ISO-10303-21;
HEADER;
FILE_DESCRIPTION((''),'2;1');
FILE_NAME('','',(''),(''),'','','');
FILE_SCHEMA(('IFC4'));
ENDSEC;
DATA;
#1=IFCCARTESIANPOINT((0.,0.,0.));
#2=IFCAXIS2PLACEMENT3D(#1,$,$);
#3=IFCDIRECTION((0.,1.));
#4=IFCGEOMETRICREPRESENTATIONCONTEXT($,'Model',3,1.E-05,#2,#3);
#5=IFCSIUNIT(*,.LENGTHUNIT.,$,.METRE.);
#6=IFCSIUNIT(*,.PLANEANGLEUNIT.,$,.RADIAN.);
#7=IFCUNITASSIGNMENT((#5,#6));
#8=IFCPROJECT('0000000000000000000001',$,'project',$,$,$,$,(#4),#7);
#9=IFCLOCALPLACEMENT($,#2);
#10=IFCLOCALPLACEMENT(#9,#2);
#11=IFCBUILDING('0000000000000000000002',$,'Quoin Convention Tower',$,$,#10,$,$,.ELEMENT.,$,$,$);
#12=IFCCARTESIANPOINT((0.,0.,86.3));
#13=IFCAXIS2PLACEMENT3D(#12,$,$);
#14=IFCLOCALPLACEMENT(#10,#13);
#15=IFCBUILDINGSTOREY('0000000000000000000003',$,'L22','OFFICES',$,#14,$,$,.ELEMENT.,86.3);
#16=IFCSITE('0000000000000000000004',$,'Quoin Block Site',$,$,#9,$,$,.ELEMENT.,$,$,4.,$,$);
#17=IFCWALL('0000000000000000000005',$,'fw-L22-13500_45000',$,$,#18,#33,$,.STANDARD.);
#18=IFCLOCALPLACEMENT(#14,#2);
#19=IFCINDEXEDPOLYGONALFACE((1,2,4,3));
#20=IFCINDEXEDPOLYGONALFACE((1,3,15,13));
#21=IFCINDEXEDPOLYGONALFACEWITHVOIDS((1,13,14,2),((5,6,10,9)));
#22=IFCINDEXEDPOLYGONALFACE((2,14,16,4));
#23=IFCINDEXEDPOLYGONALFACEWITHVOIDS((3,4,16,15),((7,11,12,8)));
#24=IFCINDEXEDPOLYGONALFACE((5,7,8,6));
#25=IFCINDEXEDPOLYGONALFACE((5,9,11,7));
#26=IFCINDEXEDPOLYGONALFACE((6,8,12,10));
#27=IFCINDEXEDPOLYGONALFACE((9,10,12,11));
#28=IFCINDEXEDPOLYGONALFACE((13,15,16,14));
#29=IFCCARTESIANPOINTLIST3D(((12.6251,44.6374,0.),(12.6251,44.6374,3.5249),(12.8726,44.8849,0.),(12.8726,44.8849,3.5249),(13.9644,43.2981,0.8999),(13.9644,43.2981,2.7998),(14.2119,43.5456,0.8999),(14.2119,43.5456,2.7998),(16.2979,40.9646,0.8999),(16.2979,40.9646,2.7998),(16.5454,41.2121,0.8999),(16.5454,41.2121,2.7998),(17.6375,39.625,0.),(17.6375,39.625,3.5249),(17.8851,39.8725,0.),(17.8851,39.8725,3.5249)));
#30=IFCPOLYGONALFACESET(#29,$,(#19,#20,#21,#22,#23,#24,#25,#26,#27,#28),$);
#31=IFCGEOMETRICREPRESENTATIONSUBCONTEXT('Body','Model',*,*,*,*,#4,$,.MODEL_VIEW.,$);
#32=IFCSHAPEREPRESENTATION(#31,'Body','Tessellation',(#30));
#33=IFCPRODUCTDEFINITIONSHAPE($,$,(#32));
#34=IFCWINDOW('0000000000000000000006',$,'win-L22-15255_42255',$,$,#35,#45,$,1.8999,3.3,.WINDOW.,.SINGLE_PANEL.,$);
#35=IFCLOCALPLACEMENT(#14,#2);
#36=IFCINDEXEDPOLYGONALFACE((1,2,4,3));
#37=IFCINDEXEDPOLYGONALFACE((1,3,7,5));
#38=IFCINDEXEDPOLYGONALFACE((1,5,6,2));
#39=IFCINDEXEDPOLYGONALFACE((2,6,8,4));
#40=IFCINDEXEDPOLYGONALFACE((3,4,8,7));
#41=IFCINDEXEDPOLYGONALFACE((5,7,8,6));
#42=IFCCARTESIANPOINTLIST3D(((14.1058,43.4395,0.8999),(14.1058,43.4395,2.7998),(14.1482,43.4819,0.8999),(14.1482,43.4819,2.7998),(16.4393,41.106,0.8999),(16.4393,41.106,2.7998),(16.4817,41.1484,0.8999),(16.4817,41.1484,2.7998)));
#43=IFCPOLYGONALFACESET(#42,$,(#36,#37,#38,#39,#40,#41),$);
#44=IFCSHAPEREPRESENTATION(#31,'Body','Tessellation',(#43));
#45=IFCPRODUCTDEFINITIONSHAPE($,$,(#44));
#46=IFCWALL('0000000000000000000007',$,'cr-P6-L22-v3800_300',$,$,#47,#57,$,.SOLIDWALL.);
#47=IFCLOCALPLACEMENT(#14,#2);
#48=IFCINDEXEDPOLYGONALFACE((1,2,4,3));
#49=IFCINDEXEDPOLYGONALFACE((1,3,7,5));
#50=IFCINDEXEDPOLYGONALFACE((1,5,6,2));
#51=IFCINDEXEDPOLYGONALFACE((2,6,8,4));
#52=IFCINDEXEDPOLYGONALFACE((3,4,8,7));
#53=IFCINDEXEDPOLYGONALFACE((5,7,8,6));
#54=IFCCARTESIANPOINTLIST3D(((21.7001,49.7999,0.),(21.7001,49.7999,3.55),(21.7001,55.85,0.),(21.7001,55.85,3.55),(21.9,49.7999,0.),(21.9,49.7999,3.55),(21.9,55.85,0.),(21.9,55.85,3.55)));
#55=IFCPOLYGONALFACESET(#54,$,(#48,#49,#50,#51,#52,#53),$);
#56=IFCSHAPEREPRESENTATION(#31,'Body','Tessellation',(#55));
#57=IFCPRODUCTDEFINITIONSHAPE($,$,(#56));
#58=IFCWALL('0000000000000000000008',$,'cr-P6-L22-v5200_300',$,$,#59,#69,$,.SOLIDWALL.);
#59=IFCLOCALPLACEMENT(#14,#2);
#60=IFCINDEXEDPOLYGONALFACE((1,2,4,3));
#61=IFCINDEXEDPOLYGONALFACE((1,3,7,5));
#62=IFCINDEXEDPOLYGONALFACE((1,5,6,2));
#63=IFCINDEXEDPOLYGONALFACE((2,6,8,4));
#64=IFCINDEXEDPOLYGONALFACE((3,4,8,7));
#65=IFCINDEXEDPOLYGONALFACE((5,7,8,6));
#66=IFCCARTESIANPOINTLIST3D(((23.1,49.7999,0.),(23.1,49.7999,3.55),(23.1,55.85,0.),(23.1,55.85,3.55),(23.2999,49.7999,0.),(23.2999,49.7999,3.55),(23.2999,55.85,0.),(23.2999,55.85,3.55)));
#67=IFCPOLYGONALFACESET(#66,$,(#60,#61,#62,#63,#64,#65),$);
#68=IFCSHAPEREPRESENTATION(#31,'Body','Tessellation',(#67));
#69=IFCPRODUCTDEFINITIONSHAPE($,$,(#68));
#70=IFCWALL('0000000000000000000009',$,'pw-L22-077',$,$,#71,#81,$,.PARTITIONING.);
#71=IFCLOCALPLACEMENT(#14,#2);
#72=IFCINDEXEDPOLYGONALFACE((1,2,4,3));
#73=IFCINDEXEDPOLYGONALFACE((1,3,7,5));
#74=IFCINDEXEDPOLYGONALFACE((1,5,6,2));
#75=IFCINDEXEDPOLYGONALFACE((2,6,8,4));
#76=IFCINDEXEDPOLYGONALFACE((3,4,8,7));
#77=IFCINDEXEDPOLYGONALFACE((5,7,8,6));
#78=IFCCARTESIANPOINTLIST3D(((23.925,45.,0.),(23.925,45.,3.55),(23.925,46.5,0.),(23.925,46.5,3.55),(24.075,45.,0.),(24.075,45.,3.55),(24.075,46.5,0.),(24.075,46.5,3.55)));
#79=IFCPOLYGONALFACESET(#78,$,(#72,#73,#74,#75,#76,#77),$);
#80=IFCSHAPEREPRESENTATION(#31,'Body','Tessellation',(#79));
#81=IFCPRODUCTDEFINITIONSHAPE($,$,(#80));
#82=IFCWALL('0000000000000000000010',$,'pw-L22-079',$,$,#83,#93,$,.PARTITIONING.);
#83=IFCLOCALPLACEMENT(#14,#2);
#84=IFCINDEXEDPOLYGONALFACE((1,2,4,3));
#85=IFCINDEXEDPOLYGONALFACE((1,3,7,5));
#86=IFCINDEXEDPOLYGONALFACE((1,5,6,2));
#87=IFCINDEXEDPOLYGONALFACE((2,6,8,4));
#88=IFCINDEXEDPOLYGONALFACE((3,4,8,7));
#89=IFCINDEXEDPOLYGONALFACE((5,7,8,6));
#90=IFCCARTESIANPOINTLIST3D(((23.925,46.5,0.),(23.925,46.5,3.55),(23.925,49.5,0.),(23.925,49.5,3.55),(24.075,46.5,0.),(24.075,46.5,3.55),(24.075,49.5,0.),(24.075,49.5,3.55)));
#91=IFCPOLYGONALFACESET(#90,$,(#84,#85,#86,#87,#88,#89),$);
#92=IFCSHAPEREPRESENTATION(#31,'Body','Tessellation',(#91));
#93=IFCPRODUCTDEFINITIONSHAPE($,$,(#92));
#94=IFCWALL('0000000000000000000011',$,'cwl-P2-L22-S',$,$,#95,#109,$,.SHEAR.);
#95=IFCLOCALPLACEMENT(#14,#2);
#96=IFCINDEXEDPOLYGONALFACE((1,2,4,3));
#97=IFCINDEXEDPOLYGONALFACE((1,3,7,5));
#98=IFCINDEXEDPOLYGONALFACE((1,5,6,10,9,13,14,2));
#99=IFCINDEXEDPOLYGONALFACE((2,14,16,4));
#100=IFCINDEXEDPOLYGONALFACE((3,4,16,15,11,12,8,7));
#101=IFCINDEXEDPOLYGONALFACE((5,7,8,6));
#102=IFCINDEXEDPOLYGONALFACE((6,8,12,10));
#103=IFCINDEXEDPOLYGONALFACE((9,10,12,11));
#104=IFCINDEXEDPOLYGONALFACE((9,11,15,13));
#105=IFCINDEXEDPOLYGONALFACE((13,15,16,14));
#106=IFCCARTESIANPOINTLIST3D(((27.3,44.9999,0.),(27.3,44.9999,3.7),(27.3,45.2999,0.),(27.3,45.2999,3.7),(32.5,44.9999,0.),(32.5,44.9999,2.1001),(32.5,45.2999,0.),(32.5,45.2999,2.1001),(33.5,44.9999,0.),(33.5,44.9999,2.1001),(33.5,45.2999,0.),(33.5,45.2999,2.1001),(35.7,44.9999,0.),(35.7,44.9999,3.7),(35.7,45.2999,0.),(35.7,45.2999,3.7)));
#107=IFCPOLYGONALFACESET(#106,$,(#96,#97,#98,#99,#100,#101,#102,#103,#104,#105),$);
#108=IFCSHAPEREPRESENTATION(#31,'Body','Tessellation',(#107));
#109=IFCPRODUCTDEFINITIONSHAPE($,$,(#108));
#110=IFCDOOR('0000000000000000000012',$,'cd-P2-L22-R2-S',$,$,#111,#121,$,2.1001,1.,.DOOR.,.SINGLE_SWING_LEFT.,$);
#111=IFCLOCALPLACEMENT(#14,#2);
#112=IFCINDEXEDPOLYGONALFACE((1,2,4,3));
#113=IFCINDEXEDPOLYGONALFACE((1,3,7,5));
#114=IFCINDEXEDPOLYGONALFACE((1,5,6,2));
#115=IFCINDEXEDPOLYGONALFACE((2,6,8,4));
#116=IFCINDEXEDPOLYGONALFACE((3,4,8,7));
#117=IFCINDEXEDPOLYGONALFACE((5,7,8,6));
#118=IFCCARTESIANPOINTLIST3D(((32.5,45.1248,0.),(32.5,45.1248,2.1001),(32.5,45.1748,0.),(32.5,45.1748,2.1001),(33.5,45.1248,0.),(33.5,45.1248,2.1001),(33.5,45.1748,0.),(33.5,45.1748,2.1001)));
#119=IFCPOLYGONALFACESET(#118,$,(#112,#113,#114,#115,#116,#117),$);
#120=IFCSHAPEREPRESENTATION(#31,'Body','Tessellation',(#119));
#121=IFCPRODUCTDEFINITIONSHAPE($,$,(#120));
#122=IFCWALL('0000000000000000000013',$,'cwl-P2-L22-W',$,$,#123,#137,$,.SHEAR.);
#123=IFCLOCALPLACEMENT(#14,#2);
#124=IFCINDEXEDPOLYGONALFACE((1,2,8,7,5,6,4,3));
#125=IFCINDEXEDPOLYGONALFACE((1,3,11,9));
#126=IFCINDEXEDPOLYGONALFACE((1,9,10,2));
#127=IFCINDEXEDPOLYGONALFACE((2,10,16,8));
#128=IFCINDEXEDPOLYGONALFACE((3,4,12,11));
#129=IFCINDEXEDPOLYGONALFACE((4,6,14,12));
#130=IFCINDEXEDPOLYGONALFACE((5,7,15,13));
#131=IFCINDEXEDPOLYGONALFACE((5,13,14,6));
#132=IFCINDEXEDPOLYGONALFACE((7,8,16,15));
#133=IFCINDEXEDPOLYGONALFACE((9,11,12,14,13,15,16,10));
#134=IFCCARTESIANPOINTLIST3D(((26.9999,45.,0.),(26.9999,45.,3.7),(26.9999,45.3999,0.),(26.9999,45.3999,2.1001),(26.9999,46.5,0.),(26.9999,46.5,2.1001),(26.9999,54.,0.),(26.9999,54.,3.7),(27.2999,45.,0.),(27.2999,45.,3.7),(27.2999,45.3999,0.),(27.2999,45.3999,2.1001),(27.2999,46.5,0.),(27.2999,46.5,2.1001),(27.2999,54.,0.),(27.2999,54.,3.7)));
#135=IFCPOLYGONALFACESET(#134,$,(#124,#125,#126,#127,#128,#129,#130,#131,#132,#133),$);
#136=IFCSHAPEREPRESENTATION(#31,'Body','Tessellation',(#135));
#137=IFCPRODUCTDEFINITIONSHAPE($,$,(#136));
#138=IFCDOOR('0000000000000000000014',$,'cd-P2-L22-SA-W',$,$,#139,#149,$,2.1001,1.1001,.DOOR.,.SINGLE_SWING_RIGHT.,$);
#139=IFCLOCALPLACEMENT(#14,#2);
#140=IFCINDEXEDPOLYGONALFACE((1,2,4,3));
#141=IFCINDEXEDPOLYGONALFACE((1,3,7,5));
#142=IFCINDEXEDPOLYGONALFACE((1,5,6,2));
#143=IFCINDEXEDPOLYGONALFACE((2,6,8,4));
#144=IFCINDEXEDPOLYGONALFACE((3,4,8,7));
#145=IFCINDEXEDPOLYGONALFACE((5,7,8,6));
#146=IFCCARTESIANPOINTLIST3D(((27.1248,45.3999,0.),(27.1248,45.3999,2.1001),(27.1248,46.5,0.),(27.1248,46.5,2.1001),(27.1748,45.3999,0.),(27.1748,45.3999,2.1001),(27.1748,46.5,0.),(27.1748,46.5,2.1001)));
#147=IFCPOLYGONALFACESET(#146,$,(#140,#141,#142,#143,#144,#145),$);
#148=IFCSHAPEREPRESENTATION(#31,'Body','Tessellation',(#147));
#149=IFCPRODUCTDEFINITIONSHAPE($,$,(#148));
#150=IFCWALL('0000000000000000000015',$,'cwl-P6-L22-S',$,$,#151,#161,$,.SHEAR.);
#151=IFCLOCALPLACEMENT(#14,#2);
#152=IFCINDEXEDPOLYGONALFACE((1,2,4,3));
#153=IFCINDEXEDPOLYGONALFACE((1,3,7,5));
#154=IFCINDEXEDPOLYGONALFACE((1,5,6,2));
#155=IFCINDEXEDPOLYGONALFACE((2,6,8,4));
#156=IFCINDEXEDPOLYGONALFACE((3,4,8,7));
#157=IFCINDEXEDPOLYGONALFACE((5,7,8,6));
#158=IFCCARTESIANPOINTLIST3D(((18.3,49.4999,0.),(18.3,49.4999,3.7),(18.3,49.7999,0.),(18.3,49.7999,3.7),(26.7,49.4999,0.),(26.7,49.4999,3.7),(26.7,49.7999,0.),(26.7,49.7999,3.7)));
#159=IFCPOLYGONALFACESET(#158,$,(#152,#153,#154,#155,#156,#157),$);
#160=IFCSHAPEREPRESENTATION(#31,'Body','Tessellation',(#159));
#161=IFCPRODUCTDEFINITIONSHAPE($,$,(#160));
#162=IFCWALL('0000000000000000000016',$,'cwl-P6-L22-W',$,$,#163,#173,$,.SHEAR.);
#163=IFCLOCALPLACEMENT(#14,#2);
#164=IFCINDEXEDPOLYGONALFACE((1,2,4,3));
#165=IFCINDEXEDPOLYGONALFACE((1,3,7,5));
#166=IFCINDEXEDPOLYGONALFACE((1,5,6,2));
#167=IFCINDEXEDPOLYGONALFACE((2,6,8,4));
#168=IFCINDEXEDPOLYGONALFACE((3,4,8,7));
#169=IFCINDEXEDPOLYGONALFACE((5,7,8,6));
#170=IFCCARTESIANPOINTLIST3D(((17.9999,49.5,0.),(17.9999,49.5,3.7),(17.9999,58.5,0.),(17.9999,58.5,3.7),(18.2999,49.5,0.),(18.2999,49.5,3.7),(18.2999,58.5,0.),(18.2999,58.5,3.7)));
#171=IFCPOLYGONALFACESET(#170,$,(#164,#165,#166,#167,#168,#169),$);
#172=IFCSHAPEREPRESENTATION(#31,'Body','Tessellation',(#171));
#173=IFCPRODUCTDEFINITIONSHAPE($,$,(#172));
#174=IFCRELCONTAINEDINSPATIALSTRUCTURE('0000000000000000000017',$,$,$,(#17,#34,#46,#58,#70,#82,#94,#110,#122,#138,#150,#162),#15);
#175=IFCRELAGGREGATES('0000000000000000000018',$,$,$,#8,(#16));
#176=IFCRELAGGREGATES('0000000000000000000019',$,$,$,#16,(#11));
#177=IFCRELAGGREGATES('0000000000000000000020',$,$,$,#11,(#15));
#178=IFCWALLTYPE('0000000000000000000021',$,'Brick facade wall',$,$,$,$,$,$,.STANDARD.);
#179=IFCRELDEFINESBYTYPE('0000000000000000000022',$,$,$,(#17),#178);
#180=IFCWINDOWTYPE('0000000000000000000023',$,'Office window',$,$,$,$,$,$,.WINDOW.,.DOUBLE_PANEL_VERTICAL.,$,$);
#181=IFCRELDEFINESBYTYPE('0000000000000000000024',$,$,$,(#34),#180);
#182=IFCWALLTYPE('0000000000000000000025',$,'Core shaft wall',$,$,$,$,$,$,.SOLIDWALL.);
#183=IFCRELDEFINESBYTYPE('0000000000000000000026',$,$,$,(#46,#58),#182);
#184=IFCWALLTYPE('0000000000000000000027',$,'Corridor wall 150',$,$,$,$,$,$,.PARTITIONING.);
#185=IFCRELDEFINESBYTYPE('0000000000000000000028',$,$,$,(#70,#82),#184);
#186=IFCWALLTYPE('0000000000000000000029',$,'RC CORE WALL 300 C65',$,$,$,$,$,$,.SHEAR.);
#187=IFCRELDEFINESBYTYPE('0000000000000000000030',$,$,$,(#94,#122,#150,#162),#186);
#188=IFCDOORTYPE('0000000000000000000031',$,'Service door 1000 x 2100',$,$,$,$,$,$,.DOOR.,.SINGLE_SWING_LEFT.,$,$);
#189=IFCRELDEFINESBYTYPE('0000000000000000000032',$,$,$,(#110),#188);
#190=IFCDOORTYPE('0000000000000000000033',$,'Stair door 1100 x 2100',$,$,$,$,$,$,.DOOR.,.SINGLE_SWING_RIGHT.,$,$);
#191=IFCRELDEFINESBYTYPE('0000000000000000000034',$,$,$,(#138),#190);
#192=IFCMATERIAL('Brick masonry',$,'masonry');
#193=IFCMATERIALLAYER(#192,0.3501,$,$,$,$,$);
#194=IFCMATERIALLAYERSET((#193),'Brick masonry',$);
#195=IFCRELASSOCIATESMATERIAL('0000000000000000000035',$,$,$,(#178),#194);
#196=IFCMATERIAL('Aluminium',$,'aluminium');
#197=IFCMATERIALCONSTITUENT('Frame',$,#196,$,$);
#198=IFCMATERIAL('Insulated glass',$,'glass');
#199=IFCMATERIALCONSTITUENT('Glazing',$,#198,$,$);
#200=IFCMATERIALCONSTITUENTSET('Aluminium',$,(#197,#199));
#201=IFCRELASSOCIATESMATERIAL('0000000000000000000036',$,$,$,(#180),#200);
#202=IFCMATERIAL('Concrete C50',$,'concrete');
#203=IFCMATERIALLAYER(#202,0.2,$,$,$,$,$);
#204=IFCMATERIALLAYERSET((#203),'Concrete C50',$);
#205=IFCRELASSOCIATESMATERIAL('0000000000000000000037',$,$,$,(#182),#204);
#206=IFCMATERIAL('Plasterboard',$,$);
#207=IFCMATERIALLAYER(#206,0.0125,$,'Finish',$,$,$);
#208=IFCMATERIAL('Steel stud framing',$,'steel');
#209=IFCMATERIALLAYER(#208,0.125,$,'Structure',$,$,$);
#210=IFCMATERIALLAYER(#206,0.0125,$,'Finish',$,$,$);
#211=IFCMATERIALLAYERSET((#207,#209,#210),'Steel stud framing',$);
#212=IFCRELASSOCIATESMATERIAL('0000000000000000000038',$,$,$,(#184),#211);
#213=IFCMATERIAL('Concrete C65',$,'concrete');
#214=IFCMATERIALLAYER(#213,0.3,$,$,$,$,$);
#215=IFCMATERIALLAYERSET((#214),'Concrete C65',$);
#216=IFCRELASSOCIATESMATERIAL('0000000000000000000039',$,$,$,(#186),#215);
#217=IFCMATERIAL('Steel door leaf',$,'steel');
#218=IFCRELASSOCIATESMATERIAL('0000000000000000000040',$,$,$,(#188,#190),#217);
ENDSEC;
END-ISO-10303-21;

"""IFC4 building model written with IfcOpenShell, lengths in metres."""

from ifc_helpers import new_model, si_unit, direction, frame, frame_2d, origin, place, context, subcontext, project, spatial, rectangle, extrude, material, layer, layer_set, constituent, constituent_set, type_object, element, fill, save


model = new_model("IFC4")

# Units and contexts
model_context = context("Model", 3, precision=1e-05, world=origin(), true_north=direction((0.0, 1.0)))
body_context = subcontext(model_context, "Body", "Model", "MODEL_VIEW")
ifc_project = project(units=[si_unit("LENGTHUNIT", "METRE"), si_unit("PLANEANGLEUNIT", "RADIAN")], contexts=[model_context])

# Site, building, storey
site_placement = place(None, origin())
site = spatial("IfcSite", under=ifc_project, at=site_placement, Name="Quoin Block Site", CompositionType="ELEMENT", RefElevation=4.0)
building_placement = place(site_placement, origin())
building = spatial("IfcBuilding", under=site, at=building_placement, Name="Quoin Convention Tower", CompositionType="ELEMENT")
storey_placement = place(building_placement, frame((0.0, 0.0, 86.3)))
storey = spatial("IfcBuildingStorey", under=building, at=storey_placement, Name="L22", Description="OFFICES", CompositionType="ELEMENT", Elevation=86.3)

# Shared definitions
ifc_material_1 = material(Name="Concrete C65", Category="concrete")

# Wall, opening, window
ifc_material_2 = material(Name="Brick masonry", Category="masonry")
ifc_layer_1 = layer(ifc_material_2, 0.3501)
ifc_layer_set_1 = layer_set([ifc_layer_1], Name="Brick masonry")
wall_type_1 = type_object("IfcWallType", Name="Brick facade wall", PredefinedType="STANDARD", material=ifc_layer_set_1)
wall_1_placement = place(storey_placement, frame((12.7488, 44.7612, 0.0), z_axis=(0.0, 0.0, 1.0), x_axis=(0.707107, -0.707107, 0.0)))
wall_1 = element("IfcWall", 1, at=wall_1_placement, inside=storey, type_object=wall_type_1, Name="fw-L22-13500_45000", PredefinedType="STANDARD", context=body_context, shape_type="SweptSolid", body=[
    extrude(rectangle(XDim=7.0886, YDim=0.3501, at=frame_2d((3.5444, 0.0))), origin(), (0.0, 0.0, 1.0), 3.5249),
])
opening_1_placement = place(wall_1_placement, frame((1.8943, 0.0, 0.8999)))
opening_1 = element("IfcOpeningElement", 2, at=opening_1_placement, cuts=wall_1, PredefinedType="OPENING", context=body_context, shape_type="SweptSolid", body=[
    extrude(rectangle(XDim=3.3, YDim=1.8999, at=frame_2d((1.6499, 0.95))), frame((0.0, 0.1851, 0.0), z_axis=(0.0, -1.0, 0.0), x_axis=(1.0, 0.0, 0.0)), (0.0, 0.0, 1.0), 0.3701),
])
ifc_material_3 = material(Name="Aluminium", Category="aluminium")
ifc_constituent_1 = constituent(ifc_material_3, Name="Frame")
ifc_material_4 = material(Name="Insulated glass", Category="glass")
ifc_constituent_2 = constituent(ifc_material_4, Name="Glazing")
ifc_constituent_set = constituent_set(constituents=[ifc_constituent_1, ifc_constituent_2], Name="Aluminium")
window_type = type_object("IfcWindowType", Name="Office window", PartitioningType="DOUBLE_PANEL_VERTICAL", PredefinedType="WINDOW", material=ifc_constituent_set)
window_placement = place(opening_1_placement, origin())
window = element("IfcWindow", 3, at=window_placement, inside=storey, type_object=window_type, Name="win-L22-15255_42255", OverallHeight=1.8999, OverallWidth=3.3, PartitioningType="SINGLE_PANEL", PredefinedType="WINDOW", context=body_context, shape_type="SweptSolid", body=[
    extrude(rectangle(XDim=3.3, YDim=1.8999, at=frame_2d((1.6499, 0.95))), frame((0.0, 0.085, 0.0), z_axis=(0.0, -1.0, 0.0), x_axis=(1.0, 0.0, 0.0)), (0.0, 0.0, 1.0), 0.0601),
])
fill(opening_1, window)

# Walls
ifc_material_5 = material(Name="Concrete C50", Category="concrete")
ifc_layer_2 = layer(ifc_material_5, 0.2)
ifc_layer_set_2 = layer_set([ifc_layer_2], Name="Concrete C50")
wall_type_2 = type_object("IfcWallType", Name="Core shaft wall", PredefinedType="SOLIDWALL", material=ifc_layer_set_2)
for number, where, z_axis, x_axis, name in (
    (4, (21.8, 49.8, 0.0), (0.0, 0.0, 1.0), (0.0, 1.0, 0.0), "cr-P6-L22-v3800_300"),
    (5, (23.2, 49.8, 0.0), (0.0, 0.0, 1.0), (0.0, 1.0, 0.0), "cr-P6-L22-v5200_300"),
):
    element("IfcWall", number, at=place(storey_placement, frame(where, z_axis=z_axis, x_axis=x_axis)), inside=storey, type_object=wall_type_2, Name=name, PredefinedType="SOLIDWALL", context=body_context, shape_type="SweptSolid", body=[
        extrude(rectangle(XDim=6.05, YDim=0.2, at=frame_2d((3.0249, 0.0))), origin(), (0.0, 0.0, 1.0), 3.55),
    ])
ifc_material_6 = material(Name="Plasterboard")
ifc_layer_3 = layer(ifc_material_6, 0.0125, Name="Finish")
ifc_material_7 = material(Name="Steel stud framing", Category="steel")
ifc_layer_4 = layer(ifc_material_7, 0.125, Name="Structure")
ifc_layer_5 = layer(ifc_material_6, 0.0125, Name="Finish")
ifc_layer_set_3 = layer_set([ifc_layer_3, ifc_layer_4, ifc_layer_5], Name="Steel stud framing")
wall_type_3 = type_object("IfcWallType", Name="Corridor wall 150", PredefinedType="PARTITIONING", material=ifc_layer_set_3)
wall_2_placement = place(storey_placement, frame((24.0, 45.0, 0.0), z_axis=(0.0, 0.0, 1.0), x_axis=(0.0, 1.0, 0.0)))
element("IfcWall", 6, at=wall_2_placement, inside=storey, type_object=wall_type_3, Name="pw-L22-077", PredefinedType="PARTITIONING", context=body_context, shape_type="SweptSolid", body=[
    extrude(rectangle(XDim=1.5, YDim=0.1499, at=frame_2d((0.75, 0.0))), origin(), (0.0, 0.0, 1.0), 3.55),
])
wall_3_placement = place(storey_placement, frame((24.0, 46.5, 0.0), z_axis=(0.0, 0.0, 1.0), x_axis=(0.0, 1.0, 0.0)))
element("IfcWall", 7, at=wall_3_placement, inside=storey, type_object=wall_type_3, Name="pw-L22-079", PredefinedType="PARTITIONING", context=body_context, shape_type="SweptSolid", body=[
    extrude(rectangle(XDim=3.0, YDim=0.1499, at=frame_2d((1.5, 0.0))), origin(), (0.0, 0.0, 1.0), 3.55),
])

# Walls, openings, doors
ifc_layer_6 = layer(ifc_material_1, 0.3)
ifc_layer_set_4 = layer_set([ifc_layer_6], Name="Concrete C65")
wall_type_4 = type_object("IfcWallType", Name="RC CORE WALL 300 C65", PredefinedType="SHEAR", material=ifc_layer_set_4)
wall_4_placement = place(storey_placement, frame((27.3, 45.1499, 0.0), z_axis=(0.0, 0.0, 1.0), x_axis=(1.0, 0.0, 0.0)))
wall_4 = element("IfcWall", 8, at=wall_4_placement, inside=storey, type_object=wall_type_4, Name="cwl-P2-L22-S", PredefinedType="SHEAR", context=body_context, shape_type="SweptSolid", body=[
    extrude(rectangle(XDim=8.3999, YDim=0.3, at=frame_2d((4.2, 0.0))), origin(), (0.0, 0.0, 1.0), 3.7),
])
opening_2_placement = place(wall_4_placement, frame((5.2, 0.0, 0.0)))
opening_2 = element("IfcOpeningElement", 9, at=opening_2_placement, cuts=wall_4, PredefinedType="OPENING", context=body_context, shape_type="SweptSolid", body=[
    extrude(rectangle(XDim=1.0, YDim=2.1001, at=frame_2d((0.5, 1.05))), frame((0.0, 0.1599, 0.0), z_axis=(0.0, -1.0, 0.0), x_axis=(1.0, 0.0, 0.0)), (0.0, 0.0, 1.0), 0.3201),
])
ifc_material_8 = material(Name="Steel door leaf", Category="steel")
door_type_1 = type_object("IfcDoorType", Name="Service door 1000 x 2100", OperationType="SINGLE_SWING_LEFT", PredefinedType="DOOR", material=ifc_material_8)
door_1_placement = place(opening_2_placement, origin())
door_1 = element("IfcDoor", 10, at=door_1_placement, inside=storey, type_object=door_type_1, Name="cd-P2-L22-R2-S", OperationType="SINGLE_SWING_LEFT", OverallHeight=2.1001, OverallWidth=1.0, PredefinedType="DOOR", context=body_context, shape_type="SweptSolid", body=[
    extrude(rectangle(XDim=1.0, YDim=2.1001, at=frame_2d((0.5, 1.05))), frame((0.0, 0.0249, 0.0), z_axis=(0.0, -1.0, 0.0), x_axis=(1.0, 0.0, 0.0)), (0.0, 0.0, 1.0), 0.05),
])
fill(opening_2, door_1)
wall_5_placement = place(storey_placement, frame((27.1499, 45.0, 0.0), z_axis=(0.0, 0.0, 1.0), x_axis=(0.0, 1.0, 0.0)))
wall_5 = element("IfcWall", 11, at=wall_5_placement, inside=storey, type_object=wall_type_4, Name="cwl-P2-L22-W", PredefinedType="SHEAR", context=body_context, shape_type="SweptSolid", body=[
    extrude(rectangle(XDim=9.0, YDim=0.3, at=frame_2d((4.5, 0.0))), origin(), (0.0, 0.0, 1.0), 3.7),
])
opening_3_placement = place(wall_5_placement, frame((0.3999, 0.0, 0.0)))
opening_3 = element("IfcOpeningElement", 12, at=opening_3_placement, cuts=wall_5, PredefinedType="OPENING", context=body_context, shape_type="SweptSolid", body=[
    extrude(rectangle(XDim=1.1001, YDim=2.1001, at=frame_2d((0.55, 1.05))), frame((0.0, 0.1599, 0.0), z_axis=(0.0, -1.0, 0.0), x_axis=(1.0, 0.0, 0.0)), (0.0, 0.0, 1.0), 0.3201),
])
door_type_2 = type_object("IfcDoorType", Name="Stair door 1100 x 2100", OperationType="SINGLE_SWING_RIGHT", PredefinedType="DOOR", material=ifc_material_8)
door_2_placement = place(opening_3_placement, frame((1.1001, 0.0, 0.0), z_axis=(0.0, 0.0, 1.0), x_axis=(-1.0, 0.0, 0.0)))
door_2 = element("IfcDoor", 13, at=door_2_placement, inside=storey, type_object=door_type_2, Name="cd-P2-L22-SA-W", OperationType="SINGLE_SWING_RIGHT", OverallHeight=2.1001, OverallWidth=1.1001, PredefinedType="DOOR", context=body_context, shape_type="SweptSolid", body=[
    extrude(rectangle(XDim=1.1001, YDim=2.1001, at=frame_2d((0.55, 1.05))), frame((0.0, 0.0249, 0.0), z_axis=(0.0, -1.0, 0.0), x_axis=(1.0, 0.0, 0.0)), (0.0, 0.0, 1.0), 0.05),
])
fill(opening_3, door_2)

# Walls
wall_6_placement = place(storey_placement, frame((18.3, 49.6499, 0.0), z_axis=(0.0, 0.0, 1.0), x_axis=(1.0, 0.0, 0.0)))
element("IfcWall", 14, at=wall_6_placement, inside=storey, type_object=wall_type_4, Name="cwl-P6-L22-S", PredefinedType="SHEAR", context=body_context, shape_type="SweptSolid", body=[
    extrude(rectangle(XDim=8.3999, YDim=0.3, at=frame_2d((4.2, 0.0))), origin(), (0.0, 0.0, 1.0), 3.7),
])
wall_7_placement = place(storey_placement, frame((18.1499, 49.5, 0.0), z_axis=(0.0, 0.0, 1.0), x_axis=(0.0, 1.0, 0.0)))
element("IfcWall", 15, at=wall_7_placement, inside=storey, type_object=wall_type_4, Name="cwl-P6-L22-W", PredefinedType="SHEAR", context=body_context, shape_type="SweptSolid", body=[
    extrude(rectangle(XDim=9.0, YDim=0.3, at=frame_2d((4.5, 0.0))), origin(), (0.0, 0.0, 1.0), 3.7),
])

save(model, "model.ifc")
